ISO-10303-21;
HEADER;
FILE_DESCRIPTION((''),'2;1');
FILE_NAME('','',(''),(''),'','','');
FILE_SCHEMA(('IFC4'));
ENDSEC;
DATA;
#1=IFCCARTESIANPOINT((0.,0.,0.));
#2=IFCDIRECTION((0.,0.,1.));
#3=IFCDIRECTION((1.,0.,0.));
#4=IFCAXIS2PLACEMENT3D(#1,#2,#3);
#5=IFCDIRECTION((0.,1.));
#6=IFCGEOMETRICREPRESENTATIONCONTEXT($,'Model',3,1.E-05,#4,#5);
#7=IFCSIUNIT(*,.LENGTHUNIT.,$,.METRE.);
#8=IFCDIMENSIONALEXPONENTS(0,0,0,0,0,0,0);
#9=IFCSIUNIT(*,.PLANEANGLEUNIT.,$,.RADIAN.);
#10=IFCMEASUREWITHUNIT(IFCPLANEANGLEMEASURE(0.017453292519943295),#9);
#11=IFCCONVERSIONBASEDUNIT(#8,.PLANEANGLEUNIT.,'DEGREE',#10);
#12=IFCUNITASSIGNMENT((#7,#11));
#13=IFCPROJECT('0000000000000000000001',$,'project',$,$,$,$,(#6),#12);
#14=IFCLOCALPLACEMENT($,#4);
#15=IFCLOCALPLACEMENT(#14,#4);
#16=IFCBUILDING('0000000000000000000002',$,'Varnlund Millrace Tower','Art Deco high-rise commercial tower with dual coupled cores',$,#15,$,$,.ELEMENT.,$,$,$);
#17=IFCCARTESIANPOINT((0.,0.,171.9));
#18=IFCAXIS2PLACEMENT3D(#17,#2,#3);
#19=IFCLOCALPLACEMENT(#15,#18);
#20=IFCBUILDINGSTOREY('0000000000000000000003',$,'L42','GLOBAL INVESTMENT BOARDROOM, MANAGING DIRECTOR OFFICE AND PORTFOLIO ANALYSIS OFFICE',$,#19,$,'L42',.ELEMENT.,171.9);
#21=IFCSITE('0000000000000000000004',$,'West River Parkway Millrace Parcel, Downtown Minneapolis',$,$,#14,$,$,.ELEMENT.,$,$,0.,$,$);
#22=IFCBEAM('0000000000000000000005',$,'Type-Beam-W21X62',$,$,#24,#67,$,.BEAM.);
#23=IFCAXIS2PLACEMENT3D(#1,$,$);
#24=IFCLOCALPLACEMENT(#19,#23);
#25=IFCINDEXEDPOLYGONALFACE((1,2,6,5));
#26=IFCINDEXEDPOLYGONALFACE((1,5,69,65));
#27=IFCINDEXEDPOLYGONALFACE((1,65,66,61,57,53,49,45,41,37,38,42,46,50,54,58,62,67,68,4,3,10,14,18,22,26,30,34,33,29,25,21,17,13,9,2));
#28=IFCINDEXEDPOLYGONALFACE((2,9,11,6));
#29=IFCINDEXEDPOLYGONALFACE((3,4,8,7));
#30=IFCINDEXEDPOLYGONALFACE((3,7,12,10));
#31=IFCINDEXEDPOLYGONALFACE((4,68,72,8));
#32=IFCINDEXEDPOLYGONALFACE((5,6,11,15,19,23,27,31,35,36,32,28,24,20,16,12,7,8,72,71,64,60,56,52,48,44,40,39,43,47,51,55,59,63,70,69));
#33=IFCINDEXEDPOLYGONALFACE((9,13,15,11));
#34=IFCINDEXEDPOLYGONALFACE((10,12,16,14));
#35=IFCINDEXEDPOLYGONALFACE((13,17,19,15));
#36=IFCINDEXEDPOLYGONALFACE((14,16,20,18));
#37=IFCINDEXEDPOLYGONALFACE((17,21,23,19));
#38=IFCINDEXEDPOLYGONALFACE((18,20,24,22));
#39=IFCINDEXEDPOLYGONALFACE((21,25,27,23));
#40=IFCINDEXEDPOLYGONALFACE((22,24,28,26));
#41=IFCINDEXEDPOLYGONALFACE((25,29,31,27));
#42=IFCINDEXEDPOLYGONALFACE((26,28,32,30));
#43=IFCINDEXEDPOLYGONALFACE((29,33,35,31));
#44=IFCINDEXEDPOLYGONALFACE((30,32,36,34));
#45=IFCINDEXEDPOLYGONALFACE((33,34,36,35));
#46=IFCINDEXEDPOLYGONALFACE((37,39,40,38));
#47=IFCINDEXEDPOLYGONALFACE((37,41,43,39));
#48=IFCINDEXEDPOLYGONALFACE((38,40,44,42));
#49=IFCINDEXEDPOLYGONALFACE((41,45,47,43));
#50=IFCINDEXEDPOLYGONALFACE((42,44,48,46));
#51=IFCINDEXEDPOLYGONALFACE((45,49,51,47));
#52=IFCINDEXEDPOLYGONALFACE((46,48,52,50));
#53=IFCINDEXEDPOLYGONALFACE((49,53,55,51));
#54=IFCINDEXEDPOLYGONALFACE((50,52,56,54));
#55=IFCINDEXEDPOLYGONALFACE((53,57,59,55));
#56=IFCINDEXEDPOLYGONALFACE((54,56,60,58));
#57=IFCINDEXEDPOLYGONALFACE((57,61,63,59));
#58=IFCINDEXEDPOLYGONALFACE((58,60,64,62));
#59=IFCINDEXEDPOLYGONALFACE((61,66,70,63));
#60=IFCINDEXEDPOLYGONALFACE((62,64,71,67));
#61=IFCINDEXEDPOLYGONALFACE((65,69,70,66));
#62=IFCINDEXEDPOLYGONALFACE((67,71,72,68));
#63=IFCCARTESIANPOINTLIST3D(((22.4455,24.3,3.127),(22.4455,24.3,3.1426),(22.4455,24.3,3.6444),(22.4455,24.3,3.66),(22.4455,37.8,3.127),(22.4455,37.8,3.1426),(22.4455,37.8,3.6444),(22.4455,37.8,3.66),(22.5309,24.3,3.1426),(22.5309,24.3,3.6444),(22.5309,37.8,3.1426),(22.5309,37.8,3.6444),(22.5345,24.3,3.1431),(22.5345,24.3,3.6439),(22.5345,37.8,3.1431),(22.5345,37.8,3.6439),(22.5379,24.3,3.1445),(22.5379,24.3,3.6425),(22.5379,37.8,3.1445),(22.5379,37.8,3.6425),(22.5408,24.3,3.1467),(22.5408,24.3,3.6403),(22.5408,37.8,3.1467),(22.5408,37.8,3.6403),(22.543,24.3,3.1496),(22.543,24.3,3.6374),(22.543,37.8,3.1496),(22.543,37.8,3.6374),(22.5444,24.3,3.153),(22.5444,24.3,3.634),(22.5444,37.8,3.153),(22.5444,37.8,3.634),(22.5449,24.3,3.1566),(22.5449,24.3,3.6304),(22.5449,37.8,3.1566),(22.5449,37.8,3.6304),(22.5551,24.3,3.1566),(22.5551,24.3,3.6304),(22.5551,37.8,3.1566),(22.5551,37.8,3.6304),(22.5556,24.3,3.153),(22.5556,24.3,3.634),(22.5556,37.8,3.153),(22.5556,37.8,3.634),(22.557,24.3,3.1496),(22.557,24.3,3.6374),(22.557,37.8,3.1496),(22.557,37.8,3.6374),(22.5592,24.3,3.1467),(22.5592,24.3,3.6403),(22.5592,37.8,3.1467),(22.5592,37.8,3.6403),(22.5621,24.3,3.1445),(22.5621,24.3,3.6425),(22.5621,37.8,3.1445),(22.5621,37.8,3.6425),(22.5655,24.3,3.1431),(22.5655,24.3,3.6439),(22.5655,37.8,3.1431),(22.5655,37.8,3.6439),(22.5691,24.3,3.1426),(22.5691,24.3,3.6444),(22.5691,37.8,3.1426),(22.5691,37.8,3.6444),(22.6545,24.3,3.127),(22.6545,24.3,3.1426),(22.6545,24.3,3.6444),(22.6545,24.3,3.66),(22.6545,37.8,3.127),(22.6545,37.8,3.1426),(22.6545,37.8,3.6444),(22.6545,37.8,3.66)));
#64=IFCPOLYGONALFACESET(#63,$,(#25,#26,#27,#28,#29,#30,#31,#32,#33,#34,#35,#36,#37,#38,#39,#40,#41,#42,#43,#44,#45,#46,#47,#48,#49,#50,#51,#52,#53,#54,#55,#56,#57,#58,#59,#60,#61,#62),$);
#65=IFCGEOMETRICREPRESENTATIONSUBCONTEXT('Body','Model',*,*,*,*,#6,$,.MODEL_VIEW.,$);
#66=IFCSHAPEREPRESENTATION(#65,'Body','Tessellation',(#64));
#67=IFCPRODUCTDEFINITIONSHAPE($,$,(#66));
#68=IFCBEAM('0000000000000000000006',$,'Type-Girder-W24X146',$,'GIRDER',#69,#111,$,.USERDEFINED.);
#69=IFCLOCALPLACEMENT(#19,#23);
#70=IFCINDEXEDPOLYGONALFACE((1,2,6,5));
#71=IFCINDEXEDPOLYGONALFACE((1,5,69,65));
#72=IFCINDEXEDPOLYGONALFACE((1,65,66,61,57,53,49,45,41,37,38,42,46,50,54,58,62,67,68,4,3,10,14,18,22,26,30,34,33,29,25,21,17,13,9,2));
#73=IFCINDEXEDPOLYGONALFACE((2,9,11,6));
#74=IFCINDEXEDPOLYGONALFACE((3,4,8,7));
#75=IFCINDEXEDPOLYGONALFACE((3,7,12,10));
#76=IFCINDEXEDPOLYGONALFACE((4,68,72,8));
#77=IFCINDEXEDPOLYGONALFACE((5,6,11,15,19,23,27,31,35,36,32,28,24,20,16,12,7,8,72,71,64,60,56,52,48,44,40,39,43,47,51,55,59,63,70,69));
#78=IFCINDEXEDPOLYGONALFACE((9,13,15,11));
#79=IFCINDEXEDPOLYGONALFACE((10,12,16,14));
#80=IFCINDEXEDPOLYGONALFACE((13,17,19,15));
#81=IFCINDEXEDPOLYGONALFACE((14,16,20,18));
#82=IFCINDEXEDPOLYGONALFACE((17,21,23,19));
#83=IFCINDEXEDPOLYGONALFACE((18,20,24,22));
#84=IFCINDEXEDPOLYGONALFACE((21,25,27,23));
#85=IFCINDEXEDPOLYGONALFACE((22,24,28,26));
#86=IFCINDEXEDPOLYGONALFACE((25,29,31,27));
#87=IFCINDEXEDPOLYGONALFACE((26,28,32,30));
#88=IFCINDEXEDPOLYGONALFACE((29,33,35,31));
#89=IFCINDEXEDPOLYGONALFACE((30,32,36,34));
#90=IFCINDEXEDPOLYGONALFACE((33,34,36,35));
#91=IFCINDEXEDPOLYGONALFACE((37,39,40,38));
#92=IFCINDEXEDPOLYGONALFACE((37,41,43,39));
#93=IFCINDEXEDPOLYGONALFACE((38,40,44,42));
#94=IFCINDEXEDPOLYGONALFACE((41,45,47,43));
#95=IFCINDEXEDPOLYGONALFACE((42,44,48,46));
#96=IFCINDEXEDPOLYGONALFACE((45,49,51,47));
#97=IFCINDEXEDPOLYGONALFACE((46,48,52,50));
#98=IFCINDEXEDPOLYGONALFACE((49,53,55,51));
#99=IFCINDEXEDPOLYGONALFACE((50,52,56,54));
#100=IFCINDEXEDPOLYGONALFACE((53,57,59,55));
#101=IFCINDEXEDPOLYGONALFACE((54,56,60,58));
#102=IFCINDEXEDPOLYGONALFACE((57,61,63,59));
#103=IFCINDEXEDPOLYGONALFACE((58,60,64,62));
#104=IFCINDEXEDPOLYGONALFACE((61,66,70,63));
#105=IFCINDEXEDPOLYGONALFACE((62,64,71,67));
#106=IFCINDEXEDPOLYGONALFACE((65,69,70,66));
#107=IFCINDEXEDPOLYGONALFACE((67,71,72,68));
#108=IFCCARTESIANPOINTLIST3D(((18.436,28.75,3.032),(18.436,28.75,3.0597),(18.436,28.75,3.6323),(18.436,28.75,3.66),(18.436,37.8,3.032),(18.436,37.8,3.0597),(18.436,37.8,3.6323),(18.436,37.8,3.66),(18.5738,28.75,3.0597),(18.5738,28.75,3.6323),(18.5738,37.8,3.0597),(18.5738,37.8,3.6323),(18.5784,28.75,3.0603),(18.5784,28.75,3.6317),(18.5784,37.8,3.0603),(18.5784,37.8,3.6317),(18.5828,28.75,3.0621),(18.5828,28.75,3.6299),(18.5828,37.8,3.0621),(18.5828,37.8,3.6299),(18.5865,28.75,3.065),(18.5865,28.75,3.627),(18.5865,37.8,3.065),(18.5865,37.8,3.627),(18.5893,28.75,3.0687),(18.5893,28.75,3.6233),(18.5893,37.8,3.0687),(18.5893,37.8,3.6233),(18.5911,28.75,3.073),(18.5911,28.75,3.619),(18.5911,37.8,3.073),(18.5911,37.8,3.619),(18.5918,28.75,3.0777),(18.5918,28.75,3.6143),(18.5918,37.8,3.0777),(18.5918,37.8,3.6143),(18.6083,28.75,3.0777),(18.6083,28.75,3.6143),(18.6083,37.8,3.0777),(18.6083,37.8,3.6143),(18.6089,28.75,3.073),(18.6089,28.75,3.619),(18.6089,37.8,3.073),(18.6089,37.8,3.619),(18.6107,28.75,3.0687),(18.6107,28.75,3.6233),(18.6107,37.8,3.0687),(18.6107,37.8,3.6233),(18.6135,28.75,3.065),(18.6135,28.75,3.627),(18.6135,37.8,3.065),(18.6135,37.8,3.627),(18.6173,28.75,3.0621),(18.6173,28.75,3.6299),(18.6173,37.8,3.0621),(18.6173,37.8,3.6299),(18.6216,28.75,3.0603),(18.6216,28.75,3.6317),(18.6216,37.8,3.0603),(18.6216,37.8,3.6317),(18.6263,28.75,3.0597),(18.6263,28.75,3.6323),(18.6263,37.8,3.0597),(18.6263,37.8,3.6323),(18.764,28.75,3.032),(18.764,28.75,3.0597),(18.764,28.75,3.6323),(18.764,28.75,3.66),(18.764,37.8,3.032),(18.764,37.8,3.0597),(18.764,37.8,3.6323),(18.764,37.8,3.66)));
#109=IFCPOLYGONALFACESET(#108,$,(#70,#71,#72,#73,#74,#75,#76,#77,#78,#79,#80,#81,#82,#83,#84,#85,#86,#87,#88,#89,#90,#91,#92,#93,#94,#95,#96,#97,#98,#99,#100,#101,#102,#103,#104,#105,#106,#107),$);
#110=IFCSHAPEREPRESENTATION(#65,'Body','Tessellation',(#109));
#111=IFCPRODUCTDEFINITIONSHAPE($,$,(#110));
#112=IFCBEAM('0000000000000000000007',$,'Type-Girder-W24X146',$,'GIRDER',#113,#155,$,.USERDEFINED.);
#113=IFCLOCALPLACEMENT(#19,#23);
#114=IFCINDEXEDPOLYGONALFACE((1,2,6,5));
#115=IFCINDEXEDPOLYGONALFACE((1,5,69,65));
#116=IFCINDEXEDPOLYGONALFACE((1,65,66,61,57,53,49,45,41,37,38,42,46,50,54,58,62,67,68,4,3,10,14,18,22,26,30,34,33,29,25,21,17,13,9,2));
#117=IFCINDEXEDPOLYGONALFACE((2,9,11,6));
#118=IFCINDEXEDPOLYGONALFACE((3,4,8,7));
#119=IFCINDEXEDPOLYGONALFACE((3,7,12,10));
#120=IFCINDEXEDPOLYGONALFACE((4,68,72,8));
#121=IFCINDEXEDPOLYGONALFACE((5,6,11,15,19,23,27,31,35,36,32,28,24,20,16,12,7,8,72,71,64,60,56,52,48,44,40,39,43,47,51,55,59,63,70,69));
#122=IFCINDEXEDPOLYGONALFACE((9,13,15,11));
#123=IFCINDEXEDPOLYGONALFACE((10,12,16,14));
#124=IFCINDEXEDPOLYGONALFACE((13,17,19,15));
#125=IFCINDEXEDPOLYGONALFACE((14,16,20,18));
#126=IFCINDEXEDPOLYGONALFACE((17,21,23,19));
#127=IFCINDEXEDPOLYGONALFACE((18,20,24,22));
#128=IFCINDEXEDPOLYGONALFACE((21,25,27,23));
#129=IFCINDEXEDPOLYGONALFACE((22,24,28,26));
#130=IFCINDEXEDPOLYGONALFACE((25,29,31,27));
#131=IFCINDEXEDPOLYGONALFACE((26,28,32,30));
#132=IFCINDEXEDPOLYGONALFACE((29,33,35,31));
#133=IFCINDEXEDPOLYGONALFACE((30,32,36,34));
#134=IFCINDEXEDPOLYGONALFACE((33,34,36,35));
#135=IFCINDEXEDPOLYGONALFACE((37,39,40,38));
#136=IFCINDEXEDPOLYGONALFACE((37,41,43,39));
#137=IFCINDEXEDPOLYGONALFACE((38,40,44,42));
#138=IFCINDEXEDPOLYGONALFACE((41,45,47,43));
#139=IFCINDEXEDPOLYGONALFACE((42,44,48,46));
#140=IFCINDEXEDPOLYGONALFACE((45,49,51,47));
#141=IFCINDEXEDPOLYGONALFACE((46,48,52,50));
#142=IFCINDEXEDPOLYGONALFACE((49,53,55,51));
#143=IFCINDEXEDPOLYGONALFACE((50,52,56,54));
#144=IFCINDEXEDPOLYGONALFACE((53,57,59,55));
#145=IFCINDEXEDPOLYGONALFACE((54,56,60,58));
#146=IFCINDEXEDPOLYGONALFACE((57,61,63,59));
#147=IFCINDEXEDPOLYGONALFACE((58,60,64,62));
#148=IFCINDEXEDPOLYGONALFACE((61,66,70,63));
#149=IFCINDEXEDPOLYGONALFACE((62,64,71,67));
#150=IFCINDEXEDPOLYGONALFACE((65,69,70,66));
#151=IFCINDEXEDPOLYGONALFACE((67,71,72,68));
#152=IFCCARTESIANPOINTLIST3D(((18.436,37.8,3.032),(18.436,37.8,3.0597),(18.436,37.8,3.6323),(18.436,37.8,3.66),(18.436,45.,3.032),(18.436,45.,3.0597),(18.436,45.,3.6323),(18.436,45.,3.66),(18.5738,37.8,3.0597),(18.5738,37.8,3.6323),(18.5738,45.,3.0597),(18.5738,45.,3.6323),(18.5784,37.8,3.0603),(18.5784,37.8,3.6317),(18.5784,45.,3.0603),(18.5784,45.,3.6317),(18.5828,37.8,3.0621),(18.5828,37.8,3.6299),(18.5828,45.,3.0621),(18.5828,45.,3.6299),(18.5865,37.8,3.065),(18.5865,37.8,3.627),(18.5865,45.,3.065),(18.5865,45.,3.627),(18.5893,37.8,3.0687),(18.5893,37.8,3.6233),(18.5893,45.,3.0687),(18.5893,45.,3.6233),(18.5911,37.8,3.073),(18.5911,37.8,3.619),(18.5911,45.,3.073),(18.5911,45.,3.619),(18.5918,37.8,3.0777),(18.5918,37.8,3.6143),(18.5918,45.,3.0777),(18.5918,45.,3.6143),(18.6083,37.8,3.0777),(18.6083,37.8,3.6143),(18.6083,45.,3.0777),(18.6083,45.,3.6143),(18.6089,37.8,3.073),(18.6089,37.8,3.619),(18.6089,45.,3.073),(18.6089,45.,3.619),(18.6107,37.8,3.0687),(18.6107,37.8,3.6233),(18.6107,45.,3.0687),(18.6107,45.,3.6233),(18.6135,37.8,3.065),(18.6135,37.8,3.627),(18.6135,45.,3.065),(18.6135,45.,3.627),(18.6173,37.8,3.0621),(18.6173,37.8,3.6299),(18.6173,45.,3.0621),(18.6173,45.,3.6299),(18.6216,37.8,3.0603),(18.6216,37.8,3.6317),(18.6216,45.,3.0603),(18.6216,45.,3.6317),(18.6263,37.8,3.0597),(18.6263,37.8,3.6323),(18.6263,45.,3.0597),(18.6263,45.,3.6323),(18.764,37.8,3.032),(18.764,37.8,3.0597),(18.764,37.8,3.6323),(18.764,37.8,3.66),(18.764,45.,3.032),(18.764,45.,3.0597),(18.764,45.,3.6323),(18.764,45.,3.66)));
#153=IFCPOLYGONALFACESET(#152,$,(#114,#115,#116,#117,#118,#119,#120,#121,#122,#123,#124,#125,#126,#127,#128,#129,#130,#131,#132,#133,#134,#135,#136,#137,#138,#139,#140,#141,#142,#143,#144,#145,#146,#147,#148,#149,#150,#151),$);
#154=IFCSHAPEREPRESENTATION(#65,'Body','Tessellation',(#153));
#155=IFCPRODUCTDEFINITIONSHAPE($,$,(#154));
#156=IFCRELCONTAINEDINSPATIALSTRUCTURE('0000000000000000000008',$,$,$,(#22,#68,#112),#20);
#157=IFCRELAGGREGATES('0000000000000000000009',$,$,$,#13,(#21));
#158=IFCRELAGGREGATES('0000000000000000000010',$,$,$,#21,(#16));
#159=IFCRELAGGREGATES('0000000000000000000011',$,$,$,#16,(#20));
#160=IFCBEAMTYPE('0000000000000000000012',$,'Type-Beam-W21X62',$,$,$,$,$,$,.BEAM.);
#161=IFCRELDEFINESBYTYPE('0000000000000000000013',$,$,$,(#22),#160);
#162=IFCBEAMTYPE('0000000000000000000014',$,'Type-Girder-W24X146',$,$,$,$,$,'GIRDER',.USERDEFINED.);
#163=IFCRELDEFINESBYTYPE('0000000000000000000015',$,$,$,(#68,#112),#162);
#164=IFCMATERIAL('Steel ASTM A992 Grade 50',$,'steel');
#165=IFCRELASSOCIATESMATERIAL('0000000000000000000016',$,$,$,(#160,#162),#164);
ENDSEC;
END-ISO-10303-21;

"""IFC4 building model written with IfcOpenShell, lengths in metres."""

from ifc_helpers import new_model, entity, si_unit, converted_unit, direction, frame, origin_with_axes, origin_2d_with_axis, place, context, subcontext, project, spatial, i_section, extrude, material, material_profile, profile_set, type_object, element, save


model = new_model("IFC4")

# Units and contexts
model_context = context("Model", 3, precision=1e-05, world=origin_with_axes(), true_north=direction((0.0, 1.0)))
body_context = subcontext(model_context, "Body", "Model", "MODEL_VIEW")
ifc_project = project(units=[si_unit("LENGTHUNIT", "METRE"), converted_unit("PLANEANGLEUNIT", "DEGREE", entity("IfcPlaneAngleMeasure", 0.017453292519943295), si_unit("PLANEANGLEUNIT", "RADIAN"), dimensions=[0, 0, 0, 0, 0, 0, 0])], contexts=[model_context])

# Site, building, storey
site_placement = place(None, origin_with_axes())
site = spatial("IfcSite", under=ifc_project, at=site_placement, Name="West River Parkway Millrace Parcel, Downtown Minneapolis", CompositionType="ELEMENT", RefElevation=0.0)
building_placement = place(site_placement, origin_with_axes())
building = spatial("IfcBuilding", under=site, at=building_placement, Name="Varnlund Millrace Tower", Description="Art Deco high-rise commercial tower with dual coupled cores", CompositionType="ELEMENT")
storey_placement = place(building_placement, frame((0.0, 0.0, 171.9), z_axis=(0.0, 0.0, 1.0), x_axis=(1.0, 0.0, 0.0)))
storey = spatial("IfcBuildingStorey", under=building, at=storey_placement, Name="L42", Description="GLOBAL INVESTMENT BOARDROOM, MANAGING DIRECTOR OFFICE AND PORTFOLIO ANALYSIS OFFICE", LongName="L42", CompositionType="ELEMENT", Elevation=171.9)

# Beams
ifc_material_1 = material(Name="Steel ASTM A992 Grade 50", Category="steel")
ifc_material_profile_1 = material_profile(ifc_material_1, i_section(OverallWidth=0.209, OverallDepth=0.533, WebThickness=0.0102, FlangeThickness=0.0156, FilletRadius=0.014, at=origin_2d_with_axis()), Name="Steel ASTM A992 Grade 50")
ifc_profile_set_1 = profile_set([ifc_material_profile_1], Name="Steel ASTM A992 Grade 50")
beam_type_1 = type_object("IfcBeamType", Name="Type-Beam-W21X62", PredefinedType="BEAM", material=ifc_profile_set_1)
beam_1_placement = place(storey_placement, frame((22.55, 24.3, 3.3935), z_axis=(0.0, 1.0, 0.0), x_axis=(-1.0, 0.0, 0.0)))
element("IfcBeam", 1, at=beam_1_placement, inside=storey, type_object=beam_type_1, Name="Type-Beam-W21X62", PredefinedType="BEAM", context=body_context, shape_type="SweptSolid", body=[
    extrude(i_section(OverallWidth=0.209, OverallDepth=0.533, WebThickness=0.0102, FlangeThickness=0.0156, FilletRadius=0.014, at=origin_2d_with_axis()), origin_with_axes(), (0.0, 0.0, 1.0), 13.5),
])
ifc_material_profile_2 = material_profile(ifc_material_1, i_section(OverallWidth=0.328, OverallDepth=0.628, WebThickness=0.0165, FlangeThickness=0.0277, FilletRadius=0.018, at=origin_2d_with_axis()), Name="Steel ASTM A992 Grade 50")
ifc_profile_set_2 = profile_set([ifc_material_profile_2], Name="Steel ASTM A992 Grade 50")
beam_type_2 = type_object("IfcBeamType", Name="Type-Girder-W24X146", ElementType="GIRDER", PredefinedType="USERDEFINED", material=ifc_profile_set_2)
beam_2_placement = place(storey_placement, frame((18.6, 28.75, 3.346), z_axis=(0.0, 1.0, 0.0), x_axis=(-1.0, 0.0, 0.0)))
element("IfcBeam", 2, at=beam_2_placement, inside=storey, type_object=beam_type_2, Name="Type-Girder-W24X146", ObjectType="GIRDER", PredefinedType="USERDEFINED", context=body_context, shape_type="SweptSolid", body=[
    extrude(i_section(OverallWidth=0.328, OverallDepth=0.628, WebThickness=0.0165, FlangeThickness=0.0277, FilletRadius=0.018, at=origin_2d_with_axis()), origin_with_axes(), (0.0, 0.0, 1.0), 9.05),
])
beam_3_placement = place(storey_placement, frame((18.6, 37.8, 3.346), z_axis=(0.0, 1.0, 0.0), x_axis=(-1.0, 0.0, 0.0)))
element("IfcBeam", 3, at=beam_3_placement, inside=storey, type_object=beam_type_2, Name="Type-Girder-W24X146", ObjectType="GIRDER", PredefinedType="USERDEFINED", context=body_context, shape_type="SweptSolid", body=[
    extrude(i_section(OverallWidth=0.328, OverallDepth=0.628, WebThickness=0.0165, FlangeThickness=0.0277, FilletRadius=0.018, at=origin_2d_with_axis()), origin_with_axes(), (0.0, 0.0, 1.0), 7.2),
])

save(model, "model.ifc")
